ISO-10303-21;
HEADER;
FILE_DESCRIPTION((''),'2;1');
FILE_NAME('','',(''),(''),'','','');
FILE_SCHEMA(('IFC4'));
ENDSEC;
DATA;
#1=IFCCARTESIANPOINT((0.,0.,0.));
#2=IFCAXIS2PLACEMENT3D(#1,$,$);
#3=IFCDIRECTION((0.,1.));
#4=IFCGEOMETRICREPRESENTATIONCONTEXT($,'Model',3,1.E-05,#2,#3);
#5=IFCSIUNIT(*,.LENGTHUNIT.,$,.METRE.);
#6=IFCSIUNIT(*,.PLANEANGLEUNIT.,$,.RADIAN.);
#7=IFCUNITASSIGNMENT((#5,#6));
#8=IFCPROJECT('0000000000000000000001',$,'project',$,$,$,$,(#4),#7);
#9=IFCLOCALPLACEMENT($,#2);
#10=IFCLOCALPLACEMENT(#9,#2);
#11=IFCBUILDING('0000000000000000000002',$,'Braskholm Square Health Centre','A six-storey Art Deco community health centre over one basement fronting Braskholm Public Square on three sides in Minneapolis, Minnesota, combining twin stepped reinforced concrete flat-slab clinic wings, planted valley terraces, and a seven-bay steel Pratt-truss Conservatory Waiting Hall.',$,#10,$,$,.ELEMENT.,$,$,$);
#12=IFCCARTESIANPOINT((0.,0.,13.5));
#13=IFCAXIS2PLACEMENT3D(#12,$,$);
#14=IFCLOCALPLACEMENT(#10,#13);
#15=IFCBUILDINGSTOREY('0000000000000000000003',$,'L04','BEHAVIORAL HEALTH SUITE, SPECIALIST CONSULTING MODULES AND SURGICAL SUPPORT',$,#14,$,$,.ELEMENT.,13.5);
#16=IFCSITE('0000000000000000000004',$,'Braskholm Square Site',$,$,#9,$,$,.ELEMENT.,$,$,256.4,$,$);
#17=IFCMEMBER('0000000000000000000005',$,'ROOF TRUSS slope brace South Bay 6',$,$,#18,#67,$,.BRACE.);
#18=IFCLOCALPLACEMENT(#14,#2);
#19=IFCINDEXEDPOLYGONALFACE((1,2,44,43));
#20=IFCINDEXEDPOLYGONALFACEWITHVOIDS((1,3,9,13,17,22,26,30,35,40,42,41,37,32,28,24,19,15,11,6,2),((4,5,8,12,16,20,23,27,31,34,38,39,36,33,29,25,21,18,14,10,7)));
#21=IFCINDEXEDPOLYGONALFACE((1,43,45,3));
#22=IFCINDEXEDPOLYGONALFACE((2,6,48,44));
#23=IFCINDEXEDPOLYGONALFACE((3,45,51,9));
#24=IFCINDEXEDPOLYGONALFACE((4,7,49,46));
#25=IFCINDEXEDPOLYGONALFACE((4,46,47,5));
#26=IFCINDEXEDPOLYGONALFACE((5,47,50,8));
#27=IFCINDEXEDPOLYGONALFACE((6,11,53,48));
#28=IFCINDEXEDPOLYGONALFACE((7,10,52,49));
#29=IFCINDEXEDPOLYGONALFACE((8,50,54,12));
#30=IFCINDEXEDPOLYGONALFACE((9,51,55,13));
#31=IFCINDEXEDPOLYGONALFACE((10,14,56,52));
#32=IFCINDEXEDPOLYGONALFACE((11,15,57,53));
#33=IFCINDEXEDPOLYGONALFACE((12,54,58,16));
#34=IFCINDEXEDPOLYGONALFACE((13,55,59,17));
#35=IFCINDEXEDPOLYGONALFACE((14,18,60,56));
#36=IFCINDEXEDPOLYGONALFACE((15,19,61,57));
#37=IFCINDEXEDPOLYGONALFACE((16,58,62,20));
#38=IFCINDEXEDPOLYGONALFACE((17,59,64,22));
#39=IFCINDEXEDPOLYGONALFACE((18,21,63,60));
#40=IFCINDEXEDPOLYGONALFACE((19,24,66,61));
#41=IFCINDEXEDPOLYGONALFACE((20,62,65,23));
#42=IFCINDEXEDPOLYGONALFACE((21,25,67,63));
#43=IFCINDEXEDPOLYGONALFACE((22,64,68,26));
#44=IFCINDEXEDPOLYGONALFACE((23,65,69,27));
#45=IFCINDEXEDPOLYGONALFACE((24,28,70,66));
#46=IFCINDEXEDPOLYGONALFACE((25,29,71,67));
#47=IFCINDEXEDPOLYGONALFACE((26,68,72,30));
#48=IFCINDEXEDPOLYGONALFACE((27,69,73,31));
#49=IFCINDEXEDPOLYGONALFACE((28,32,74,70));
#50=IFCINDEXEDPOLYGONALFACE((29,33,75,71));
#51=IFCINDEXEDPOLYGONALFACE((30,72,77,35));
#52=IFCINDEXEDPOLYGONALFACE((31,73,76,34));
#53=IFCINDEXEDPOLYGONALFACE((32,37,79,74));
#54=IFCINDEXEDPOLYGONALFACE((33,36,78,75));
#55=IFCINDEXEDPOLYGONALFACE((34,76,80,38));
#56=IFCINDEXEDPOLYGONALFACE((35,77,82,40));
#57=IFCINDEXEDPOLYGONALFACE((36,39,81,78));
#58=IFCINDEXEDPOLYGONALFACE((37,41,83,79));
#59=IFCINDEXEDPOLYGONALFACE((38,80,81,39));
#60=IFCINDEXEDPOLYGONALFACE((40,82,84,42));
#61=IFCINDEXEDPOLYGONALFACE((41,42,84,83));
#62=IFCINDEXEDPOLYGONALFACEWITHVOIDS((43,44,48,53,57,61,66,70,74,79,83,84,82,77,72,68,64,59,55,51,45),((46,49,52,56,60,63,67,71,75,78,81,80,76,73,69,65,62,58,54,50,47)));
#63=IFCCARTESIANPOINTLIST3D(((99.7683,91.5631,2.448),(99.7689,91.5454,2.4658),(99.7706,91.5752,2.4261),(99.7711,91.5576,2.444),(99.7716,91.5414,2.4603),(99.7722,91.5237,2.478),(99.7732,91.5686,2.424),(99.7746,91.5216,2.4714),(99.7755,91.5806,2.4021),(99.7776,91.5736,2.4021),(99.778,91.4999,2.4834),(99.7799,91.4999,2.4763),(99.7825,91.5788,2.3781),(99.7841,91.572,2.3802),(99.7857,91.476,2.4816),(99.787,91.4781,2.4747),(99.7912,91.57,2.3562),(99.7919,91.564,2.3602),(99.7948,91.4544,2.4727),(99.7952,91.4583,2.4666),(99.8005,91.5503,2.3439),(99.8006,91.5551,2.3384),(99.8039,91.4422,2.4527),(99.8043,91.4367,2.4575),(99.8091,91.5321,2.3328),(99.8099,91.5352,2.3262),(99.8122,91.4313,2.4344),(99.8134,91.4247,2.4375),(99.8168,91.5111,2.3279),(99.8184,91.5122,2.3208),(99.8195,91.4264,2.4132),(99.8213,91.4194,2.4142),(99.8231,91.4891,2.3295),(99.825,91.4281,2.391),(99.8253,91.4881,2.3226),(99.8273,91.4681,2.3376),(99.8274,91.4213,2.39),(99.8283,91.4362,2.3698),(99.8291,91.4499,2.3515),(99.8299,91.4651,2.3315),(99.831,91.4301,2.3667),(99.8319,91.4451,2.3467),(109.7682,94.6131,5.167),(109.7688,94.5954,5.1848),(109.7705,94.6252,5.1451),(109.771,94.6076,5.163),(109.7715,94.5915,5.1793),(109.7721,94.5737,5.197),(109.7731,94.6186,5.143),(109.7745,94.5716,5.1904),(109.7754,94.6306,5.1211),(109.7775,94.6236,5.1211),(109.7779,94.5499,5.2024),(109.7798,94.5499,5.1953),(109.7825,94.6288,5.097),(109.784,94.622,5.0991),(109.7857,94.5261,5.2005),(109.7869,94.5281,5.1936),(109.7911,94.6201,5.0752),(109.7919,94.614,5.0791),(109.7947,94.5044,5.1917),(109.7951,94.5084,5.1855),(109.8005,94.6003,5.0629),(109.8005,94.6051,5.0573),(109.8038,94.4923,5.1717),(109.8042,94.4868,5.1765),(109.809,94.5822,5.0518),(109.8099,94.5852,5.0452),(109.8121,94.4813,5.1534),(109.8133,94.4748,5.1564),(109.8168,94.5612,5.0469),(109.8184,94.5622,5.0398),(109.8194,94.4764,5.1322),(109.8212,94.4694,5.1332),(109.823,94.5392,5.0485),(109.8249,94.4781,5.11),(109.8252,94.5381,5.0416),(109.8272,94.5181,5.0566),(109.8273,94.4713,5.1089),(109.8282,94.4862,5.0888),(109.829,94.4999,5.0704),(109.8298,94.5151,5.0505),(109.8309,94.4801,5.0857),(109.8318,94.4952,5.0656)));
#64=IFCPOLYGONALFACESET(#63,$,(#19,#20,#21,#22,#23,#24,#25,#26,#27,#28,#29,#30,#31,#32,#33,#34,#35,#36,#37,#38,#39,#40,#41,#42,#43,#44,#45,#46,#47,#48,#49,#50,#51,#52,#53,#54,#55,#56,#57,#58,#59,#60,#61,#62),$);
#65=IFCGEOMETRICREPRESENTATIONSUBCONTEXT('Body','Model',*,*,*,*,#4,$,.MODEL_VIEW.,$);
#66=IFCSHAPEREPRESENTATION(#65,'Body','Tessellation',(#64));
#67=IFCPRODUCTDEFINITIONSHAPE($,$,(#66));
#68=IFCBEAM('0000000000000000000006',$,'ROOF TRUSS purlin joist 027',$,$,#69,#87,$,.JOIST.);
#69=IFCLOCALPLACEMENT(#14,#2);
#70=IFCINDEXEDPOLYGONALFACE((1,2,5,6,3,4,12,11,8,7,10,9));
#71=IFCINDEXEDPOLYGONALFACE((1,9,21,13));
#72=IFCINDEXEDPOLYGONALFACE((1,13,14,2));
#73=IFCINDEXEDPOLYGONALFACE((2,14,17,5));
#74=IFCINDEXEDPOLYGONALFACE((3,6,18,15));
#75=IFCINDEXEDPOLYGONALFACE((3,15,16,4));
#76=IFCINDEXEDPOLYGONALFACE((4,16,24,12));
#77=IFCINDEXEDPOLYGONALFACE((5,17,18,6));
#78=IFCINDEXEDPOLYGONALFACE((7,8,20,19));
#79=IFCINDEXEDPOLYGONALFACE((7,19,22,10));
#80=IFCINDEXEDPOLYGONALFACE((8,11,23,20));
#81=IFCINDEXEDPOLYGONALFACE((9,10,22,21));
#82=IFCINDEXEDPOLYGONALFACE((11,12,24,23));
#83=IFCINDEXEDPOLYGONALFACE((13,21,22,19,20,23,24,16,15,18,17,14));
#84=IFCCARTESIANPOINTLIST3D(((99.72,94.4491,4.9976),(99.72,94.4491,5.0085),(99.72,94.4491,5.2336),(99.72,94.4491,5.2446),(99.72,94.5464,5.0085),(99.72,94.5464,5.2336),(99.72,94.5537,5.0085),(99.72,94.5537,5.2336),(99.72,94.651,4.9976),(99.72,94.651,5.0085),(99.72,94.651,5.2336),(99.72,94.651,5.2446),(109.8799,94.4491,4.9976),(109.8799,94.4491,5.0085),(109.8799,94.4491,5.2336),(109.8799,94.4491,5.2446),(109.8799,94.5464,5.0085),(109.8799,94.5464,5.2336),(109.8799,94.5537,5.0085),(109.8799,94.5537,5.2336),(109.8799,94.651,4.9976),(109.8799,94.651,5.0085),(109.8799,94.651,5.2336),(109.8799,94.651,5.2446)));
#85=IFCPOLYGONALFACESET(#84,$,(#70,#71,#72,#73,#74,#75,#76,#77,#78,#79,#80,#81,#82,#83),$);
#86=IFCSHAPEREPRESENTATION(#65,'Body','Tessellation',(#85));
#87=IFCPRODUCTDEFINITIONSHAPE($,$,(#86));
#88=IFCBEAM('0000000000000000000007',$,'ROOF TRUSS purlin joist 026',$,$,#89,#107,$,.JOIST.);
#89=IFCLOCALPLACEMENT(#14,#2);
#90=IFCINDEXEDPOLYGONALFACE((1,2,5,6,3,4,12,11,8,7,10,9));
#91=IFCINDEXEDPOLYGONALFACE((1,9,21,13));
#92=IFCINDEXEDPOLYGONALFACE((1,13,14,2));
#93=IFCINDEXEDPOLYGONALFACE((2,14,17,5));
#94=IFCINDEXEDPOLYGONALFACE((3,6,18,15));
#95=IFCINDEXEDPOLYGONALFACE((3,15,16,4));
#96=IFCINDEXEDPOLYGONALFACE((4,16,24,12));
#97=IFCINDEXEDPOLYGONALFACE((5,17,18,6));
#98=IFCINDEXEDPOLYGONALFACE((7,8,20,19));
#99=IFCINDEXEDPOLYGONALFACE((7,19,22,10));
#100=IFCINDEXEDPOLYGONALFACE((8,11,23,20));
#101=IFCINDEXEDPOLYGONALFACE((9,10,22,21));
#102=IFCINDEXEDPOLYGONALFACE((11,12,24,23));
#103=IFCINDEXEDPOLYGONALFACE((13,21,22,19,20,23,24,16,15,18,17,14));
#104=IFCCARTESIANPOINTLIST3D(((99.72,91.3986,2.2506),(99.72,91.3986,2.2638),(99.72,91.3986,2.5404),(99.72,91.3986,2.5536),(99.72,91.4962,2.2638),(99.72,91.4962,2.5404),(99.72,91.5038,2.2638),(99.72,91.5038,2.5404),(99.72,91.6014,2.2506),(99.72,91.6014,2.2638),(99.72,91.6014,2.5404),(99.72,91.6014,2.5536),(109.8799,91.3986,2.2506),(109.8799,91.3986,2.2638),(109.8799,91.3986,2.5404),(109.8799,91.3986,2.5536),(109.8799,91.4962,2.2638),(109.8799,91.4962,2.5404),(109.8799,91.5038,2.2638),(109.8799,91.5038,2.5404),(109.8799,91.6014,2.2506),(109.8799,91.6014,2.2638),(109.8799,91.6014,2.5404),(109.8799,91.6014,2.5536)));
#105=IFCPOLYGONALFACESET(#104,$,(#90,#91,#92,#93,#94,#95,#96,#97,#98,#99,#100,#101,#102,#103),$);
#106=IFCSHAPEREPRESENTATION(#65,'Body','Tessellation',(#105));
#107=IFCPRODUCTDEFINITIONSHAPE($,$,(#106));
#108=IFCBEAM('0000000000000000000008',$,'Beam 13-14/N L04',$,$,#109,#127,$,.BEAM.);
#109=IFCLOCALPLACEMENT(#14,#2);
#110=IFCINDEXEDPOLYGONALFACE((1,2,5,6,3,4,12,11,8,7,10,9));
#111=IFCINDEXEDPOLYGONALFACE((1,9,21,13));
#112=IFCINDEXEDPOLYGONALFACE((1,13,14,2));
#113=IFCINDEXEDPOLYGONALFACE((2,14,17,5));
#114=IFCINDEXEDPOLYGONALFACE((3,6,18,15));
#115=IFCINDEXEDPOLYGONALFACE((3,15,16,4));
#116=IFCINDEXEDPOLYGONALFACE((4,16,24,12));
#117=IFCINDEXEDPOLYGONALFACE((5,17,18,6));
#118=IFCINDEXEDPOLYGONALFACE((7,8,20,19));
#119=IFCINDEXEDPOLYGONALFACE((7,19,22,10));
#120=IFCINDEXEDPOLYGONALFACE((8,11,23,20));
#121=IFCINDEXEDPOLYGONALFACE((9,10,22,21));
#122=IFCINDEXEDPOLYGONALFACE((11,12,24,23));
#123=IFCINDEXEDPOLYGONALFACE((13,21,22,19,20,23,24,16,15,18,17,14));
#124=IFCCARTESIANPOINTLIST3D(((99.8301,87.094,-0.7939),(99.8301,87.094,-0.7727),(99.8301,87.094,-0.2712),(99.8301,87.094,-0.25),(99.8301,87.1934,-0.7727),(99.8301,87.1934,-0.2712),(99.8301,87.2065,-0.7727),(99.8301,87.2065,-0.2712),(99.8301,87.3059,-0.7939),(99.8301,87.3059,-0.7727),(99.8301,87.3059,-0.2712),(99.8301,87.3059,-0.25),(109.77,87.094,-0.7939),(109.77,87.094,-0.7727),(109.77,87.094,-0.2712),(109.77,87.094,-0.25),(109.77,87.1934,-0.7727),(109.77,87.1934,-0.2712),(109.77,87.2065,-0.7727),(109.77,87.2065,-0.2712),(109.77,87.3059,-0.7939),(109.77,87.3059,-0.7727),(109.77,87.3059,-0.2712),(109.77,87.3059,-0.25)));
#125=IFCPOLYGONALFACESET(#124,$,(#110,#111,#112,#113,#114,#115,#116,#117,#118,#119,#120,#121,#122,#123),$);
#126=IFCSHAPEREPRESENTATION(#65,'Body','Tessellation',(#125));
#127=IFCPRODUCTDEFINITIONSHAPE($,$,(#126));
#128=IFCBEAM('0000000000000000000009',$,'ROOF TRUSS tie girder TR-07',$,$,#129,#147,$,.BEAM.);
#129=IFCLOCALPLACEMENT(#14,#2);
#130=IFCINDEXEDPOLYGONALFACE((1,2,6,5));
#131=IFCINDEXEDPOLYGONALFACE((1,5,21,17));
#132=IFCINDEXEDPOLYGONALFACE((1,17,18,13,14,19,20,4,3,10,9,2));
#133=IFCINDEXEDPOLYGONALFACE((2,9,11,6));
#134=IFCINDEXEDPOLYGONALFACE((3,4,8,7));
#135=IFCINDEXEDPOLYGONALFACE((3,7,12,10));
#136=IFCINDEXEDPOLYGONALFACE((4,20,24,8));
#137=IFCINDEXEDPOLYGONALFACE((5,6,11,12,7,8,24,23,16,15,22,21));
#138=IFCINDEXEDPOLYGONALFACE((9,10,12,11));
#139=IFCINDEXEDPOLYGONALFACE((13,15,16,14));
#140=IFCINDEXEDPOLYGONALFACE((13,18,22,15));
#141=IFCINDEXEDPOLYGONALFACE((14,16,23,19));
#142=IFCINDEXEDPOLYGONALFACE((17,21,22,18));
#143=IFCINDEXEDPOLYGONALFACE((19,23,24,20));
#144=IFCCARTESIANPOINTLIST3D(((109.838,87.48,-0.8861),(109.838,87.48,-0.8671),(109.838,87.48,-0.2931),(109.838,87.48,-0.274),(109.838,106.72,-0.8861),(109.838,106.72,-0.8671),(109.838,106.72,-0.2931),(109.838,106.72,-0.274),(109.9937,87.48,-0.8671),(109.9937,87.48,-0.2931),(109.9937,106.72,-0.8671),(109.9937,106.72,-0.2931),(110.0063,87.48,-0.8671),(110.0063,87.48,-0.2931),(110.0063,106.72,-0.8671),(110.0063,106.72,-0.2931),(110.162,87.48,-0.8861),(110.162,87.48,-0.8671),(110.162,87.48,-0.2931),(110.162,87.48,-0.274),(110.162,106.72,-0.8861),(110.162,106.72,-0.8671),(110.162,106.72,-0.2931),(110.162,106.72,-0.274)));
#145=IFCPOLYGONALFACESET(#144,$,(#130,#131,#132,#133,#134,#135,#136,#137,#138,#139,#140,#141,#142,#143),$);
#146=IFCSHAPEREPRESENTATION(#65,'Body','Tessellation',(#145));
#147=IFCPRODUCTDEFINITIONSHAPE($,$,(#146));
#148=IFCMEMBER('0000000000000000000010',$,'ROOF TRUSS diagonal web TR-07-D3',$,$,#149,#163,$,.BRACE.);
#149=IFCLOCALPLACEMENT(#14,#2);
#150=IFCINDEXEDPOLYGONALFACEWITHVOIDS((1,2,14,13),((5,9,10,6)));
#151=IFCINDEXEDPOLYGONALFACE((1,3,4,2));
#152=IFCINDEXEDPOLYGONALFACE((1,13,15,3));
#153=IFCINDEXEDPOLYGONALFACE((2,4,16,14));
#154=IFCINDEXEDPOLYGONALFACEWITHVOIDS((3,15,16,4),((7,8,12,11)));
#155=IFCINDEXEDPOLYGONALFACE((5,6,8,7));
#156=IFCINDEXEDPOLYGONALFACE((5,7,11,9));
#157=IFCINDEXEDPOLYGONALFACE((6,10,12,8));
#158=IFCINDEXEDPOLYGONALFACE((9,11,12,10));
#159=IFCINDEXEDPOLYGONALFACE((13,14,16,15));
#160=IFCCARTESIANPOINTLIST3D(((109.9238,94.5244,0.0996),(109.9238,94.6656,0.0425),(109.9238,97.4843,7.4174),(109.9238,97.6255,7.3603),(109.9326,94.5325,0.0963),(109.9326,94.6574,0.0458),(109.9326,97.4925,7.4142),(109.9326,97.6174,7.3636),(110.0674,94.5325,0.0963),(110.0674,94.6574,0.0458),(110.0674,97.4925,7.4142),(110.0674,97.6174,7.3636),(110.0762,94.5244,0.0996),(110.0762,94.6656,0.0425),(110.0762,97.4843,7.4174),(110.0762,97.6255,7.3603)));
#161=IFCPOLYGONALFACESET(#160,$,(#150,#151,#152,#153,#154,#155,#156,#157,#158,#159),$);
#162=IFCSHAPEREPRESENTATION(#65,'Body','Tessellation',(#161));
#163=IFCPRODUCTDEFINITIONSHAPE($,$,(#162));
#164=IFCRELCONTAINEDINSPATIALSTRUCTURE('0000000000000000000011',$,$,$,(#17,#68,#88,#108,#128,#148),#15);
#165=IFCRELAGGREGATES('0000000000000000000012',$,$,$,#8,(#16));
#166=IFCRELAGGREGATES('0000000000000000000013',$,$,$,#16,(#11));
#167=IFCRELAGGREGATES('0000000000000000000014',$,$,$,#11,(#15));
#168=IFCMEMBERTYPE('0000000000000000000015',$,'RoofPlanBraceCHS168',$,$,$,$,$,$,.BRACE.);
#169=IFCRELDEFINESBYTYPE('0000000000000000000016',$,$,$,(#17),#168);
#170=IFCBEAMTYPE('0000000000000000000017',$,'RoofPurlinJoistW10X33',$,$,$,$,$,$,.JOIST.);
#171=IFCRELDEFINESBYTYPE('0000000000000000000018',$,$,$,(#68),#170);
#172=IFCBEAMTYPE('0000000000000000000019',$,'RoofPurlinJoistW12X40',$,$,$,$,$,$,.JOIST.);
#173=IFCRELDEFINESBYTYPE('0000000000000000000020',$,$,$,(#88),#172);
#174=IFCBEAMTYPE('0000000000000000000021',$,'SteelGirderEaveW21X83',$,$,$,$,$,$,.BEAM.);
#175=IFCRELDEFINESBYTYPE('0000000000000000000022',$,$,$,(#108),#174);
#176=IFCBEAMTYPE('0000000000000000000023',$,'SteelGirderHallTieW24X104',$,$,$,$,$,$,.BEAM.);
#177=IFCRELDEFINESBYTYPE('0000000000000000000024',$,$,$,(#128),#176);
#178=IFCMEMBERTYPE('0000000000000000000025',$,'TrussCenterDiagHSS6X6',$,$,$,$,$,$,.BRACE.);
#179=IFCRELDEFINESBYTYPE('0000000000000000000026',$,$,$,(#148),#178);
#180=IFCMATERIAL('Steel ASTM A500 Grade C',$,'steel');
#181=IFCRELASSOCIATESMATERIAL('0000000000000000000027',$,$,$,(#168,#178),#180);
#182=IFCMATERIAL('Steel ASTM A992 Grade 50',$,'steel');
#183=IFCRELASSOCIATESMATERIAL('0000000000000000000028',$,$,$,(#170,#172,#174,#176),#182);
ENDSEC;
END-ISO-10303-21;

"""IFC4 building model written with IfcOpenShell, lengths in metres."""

from ifc_helpers import new_model, si_unit, direction, frame, origin, origin_2d, place, context, subcontext, project, spatial, hollow_rectangle, hollow_circle, i_section, extrude, material, material_profile, profile_set, type_object, element, save


model = new_model("IFC4")

# Units and contexts
model_context = context("Model", 3, precision=1e-05, world=origin(), true_north=direction((0.0, 1.0)))
body_context = subcontext(model_context, "Body", "Model", "MODEL_VIEW")
ifc_project = project(units=[si_unit("LENGTHUNIT", "METRE"), si_unit("PLANEANGLEUNIT", "RADIAN")], contexts=[model_context])

# Site, building, storey
site_placement = place(None, origin())
site = spatial("IfcSite", under=ifc_project, at=site_placement, Name="Braskholm Square Site", CompositionType="ELEMENT", RefElevation=256.4)
building_placement = place(site_placement, origin())
building = spatial("IfcBuilding", under=site, at=building_placement, Name="Braskholm Square Health Centre", Description="A six-storey Art Deco community health centre over one basement fronting Braskholm Public Square on three sides in Minneapolis, Minnesota, combining twin stepped reinforced concrete flat-slab clinic wings, planted valley terraces, and a seven-bay steel Pratt-truss Conservatory Waiting Hall.", CompositionType="ELEMENT")
storey_placement = place(building_placement, frame((0.0, 0.0, 13.5)))
storey = spatial("IfcBuildingStorey", under=building, at=storey_placement, Name="L04", Description="BEHAVIORAL HEALTH SUITE, SPECIALIST CONSULTING MODULES AND SURGICAL SUPPORT", CompositionType="ELEMENT", Elevation=13.5)

# Member
ifc_material_1 = material(Name="Steel ASTM A500 Grade C", Category="steel")
ifc_material_profile_1 = material_profile(ifc_material_1, hollow_circle(Radius=0.0842, WallThickness=0.0073, at=origin_2d()), Name="HSS6.625X0.312")
ifc_profile_set_1 = profile_set([ifc_material_profile_1], Name="Steel ASTM A500 Grade C")
member_type_1 = type_object("IfcMemberType", Name="RoofPlanBraceCHS168", PredefinedType="BRACE", material=ifc_profile_set_1)
member_1_placement = place(storey_placement, frame((99.8, 91.5, 2.4021), z_axis=(0.925705, 0.282344, 0.251699), x_axis=(-0.291737, 0.956499, 0.0)))
element("IfcMember", 1, at=member_1_placement, inside=storey, type_object=member_type_1, Name="ROOF TRUSS slope brace South Bay 6", PredefinedType="BRACE", context=body_context, shape_type="SweptSolid", body=[
    extrude(hollow_circle(Radius=0.0842, WallThickness=0.0073, at=origin_2d()), origin(), (0.0, 0.0, 1.0), 10.8025),
])

# Beams
ifc_material_2 = material(Name="Steel ASTM A992 Grade 50", Category="steel")
ifc_material_profile_2 = material_profile(ifc_material_2, i_section(OverallWidth=0.2019, OverallDepth=0.2471, WebThickness=0.0073, FlangeThickness=0.011, at=origin_2d()), Name="W10X33")
ifc_profile_set_2 = profile_set([ifc_material_profile_2], Name="Steel ASTM A992 Grade 50")
beam_type_1 = type_object("IfcBeamType", Name="RoofPurlinJoistW10X33", PredefinedType="JOIST", material=ifc_profile_set_2)
beam_1_placement = place(storey_placement, frame((99.72, 94.55, 5.1211), z_axis=(1.0, 0.0, 0.0), x_axis=(0.0, 1.0, 0.0)))
element("IfcBeam", 2, at=beam_1_placement, inside=storey, type_object=beam_type_1, Name="ROOF TRUSS purlin joist 027", PredefinedType="JOIST", context=body_context, shape_type="SweptSolid", body=[
    extrude(i_section(OverallWidth=0.2019, OverallDepth=0.2471, WebThickness=0.0073, FlangeThickness=0.011, at=origin_2d()), origin(), (0.0, 0.0, 1.0), 10.1599),
])
ifc_material_profile_3 = material_profile(ifc_material_2, i_section(OverallWidth=0.2029, OverallDepth=0.303, WebThickness=0.0076, FlangeThickness=0.0132, at=origin_2d()), Name="W12X40")
ifc_profile_set_3 = profile_set([ifc_material_profile_3], Name="Steel ASTM A992 Grade 50")
beam_type_2 = type_object("IfcBeamType", Name="RoofPurlinJoistW12X40", PredefinedType="JOIST", material=ifc_profile_set_3)
beam_2_placement = place(storey_placement, frame((99.72, 91.5, 2.4021), z_axis=(1.0, 0.0, 0.0), x_axis=(0.0, 1.0, 0.0)))
element("IfcBeam", 3, at=beam_2_placement, inside=storey, type_object=beam_type_2, Name="ROOF TRUSS purlin joist 026", PredefinedType="JOIST", context=body_context, shape_type="SweptSolid", body=[
    extrude(i_section(OverallWidth=0.2029, OverallDepth=0.303, WebThickness=0.0076, FlangeThickness=0.0132, at=origin_2d()), origin(), (0.0, 0.0, 1.0), 10.1599),
])
ifc_material_profile_4 = material_profile(ifc_material_2, i_section(OverallWidth=0.2119, OverallDepth=0.5439, WebThickness=0.0132, FlangeThickness=0.0212, at=origin_2d()), Name="W21X83")
ifc_profile_set_4 = profile_set([ifc_material_profile_4], Name="Steel ASTM A992 Grade 50")
beam_type_3 = type_object("IfcBeamType", Name="SteelGirderEaveW21X83", PredefinedType="BEAM", material=ifc_profile_set_4)
beam_3_placement = place(storey_placement, frame((99.8301, 87.2, -0.522), z_axis=(1.0, 0.0, 0.0), x_axis=(0.0, 1.0, 0.0)))
element("IfcBeam", 4, at=beam_3_placement, inside=storey, type_object=beam_type_3, Name="Beam 13-14/N L04", PredefinedType="BEAM", context=body_context, shape_type="SweptSolid", body=[
    extrude(i_section(OverallWidth=0.2119, OverallDepth=0.5439, WebThickness=0.0132, FlangeThickness=0.0212, at=origin_2d()), origin(), (0.0, 0.0, 1.0), 9.9399),
])
ifc_material_profile_5 = material_profile(ifc_material_2, i_section(OverallWidth=0.324, OverallDepth=0.6121, WebThickness=0.0127, FlangeThickness=0.019, at=origin_2d()), Name="W24X104")
ifc_profile_set_5 = profile_set([ifc_material_profile_5], Name="Steel ASTM A992 Grade 50")
beam_type_4 = type_object("IfcBeamType", Name="SteelGirderHallTieW24X104", PredefinedType="BEAM", material=ifc_profile_set_5)
beam_4_placement = place(storey_placement, frame((110.0, 87.48, -0.5801), z_axis=(0.0, 1.0, 0.0), x_axis=(-1.0, 0.0, 0.0)))
element("IfcBeam", 5, at=beam_4_placement, inside=storey, type_object=beam_type_4, Name="ROOF TRUSS tie girder TR-07", PredefinedType="BEAM", context=body_context, shape_type="SweptSolid", body=[
    extrude(i_section(OverallWidth=0.324, OverallDepth=0.6121, WebThickness=0.0127, FlangeThickness=0.019, at=origin_2d()), origin(), (0.0, 0.0, 1.0), 19.24),
])

# Member
ifc_material_profile_6 = material_profile(ifc_material_1, hollow_rectangle(XDim=0.1523, YDim=0.1523, WallThickness=0.0088, at=origin_2d()), Name="HSS6X6X3/8")
ifc_profile_set_6 = profile_set([ifc_material_profile_6], Name="Steel ASTM A500 Grade C")
member_type_2 = type_object("IfcMemberType", Name="TrussCenterDiagHSS6X6", PredefinedType="BRACE", material=ifc_profile_set_6)
member_2_placement = place(storey_placement, frame((110.0, 94.595, 0.071), z_axis=(0.0, 0.374971, 0.927036), x_axis=(-1.0, 0.0, 0.0)))
element("IfcMember", 6, at=member_2_placement, inside=storey, type_object=member_type_2, Name="ROOF TRUSS diagonal web TR-07-D3", PredefinedType="BRACE", context=body_context, shape_type="SweptSolid", body=[
    extrude(hollow_rectangle(XDim=0.1523, YDim=0.1523, WallThickness=0.0088, at=origin_2d()), origin(), (0.0, 0.0, 1.0), 7.8938),
])

save(model, "model.ifc")
